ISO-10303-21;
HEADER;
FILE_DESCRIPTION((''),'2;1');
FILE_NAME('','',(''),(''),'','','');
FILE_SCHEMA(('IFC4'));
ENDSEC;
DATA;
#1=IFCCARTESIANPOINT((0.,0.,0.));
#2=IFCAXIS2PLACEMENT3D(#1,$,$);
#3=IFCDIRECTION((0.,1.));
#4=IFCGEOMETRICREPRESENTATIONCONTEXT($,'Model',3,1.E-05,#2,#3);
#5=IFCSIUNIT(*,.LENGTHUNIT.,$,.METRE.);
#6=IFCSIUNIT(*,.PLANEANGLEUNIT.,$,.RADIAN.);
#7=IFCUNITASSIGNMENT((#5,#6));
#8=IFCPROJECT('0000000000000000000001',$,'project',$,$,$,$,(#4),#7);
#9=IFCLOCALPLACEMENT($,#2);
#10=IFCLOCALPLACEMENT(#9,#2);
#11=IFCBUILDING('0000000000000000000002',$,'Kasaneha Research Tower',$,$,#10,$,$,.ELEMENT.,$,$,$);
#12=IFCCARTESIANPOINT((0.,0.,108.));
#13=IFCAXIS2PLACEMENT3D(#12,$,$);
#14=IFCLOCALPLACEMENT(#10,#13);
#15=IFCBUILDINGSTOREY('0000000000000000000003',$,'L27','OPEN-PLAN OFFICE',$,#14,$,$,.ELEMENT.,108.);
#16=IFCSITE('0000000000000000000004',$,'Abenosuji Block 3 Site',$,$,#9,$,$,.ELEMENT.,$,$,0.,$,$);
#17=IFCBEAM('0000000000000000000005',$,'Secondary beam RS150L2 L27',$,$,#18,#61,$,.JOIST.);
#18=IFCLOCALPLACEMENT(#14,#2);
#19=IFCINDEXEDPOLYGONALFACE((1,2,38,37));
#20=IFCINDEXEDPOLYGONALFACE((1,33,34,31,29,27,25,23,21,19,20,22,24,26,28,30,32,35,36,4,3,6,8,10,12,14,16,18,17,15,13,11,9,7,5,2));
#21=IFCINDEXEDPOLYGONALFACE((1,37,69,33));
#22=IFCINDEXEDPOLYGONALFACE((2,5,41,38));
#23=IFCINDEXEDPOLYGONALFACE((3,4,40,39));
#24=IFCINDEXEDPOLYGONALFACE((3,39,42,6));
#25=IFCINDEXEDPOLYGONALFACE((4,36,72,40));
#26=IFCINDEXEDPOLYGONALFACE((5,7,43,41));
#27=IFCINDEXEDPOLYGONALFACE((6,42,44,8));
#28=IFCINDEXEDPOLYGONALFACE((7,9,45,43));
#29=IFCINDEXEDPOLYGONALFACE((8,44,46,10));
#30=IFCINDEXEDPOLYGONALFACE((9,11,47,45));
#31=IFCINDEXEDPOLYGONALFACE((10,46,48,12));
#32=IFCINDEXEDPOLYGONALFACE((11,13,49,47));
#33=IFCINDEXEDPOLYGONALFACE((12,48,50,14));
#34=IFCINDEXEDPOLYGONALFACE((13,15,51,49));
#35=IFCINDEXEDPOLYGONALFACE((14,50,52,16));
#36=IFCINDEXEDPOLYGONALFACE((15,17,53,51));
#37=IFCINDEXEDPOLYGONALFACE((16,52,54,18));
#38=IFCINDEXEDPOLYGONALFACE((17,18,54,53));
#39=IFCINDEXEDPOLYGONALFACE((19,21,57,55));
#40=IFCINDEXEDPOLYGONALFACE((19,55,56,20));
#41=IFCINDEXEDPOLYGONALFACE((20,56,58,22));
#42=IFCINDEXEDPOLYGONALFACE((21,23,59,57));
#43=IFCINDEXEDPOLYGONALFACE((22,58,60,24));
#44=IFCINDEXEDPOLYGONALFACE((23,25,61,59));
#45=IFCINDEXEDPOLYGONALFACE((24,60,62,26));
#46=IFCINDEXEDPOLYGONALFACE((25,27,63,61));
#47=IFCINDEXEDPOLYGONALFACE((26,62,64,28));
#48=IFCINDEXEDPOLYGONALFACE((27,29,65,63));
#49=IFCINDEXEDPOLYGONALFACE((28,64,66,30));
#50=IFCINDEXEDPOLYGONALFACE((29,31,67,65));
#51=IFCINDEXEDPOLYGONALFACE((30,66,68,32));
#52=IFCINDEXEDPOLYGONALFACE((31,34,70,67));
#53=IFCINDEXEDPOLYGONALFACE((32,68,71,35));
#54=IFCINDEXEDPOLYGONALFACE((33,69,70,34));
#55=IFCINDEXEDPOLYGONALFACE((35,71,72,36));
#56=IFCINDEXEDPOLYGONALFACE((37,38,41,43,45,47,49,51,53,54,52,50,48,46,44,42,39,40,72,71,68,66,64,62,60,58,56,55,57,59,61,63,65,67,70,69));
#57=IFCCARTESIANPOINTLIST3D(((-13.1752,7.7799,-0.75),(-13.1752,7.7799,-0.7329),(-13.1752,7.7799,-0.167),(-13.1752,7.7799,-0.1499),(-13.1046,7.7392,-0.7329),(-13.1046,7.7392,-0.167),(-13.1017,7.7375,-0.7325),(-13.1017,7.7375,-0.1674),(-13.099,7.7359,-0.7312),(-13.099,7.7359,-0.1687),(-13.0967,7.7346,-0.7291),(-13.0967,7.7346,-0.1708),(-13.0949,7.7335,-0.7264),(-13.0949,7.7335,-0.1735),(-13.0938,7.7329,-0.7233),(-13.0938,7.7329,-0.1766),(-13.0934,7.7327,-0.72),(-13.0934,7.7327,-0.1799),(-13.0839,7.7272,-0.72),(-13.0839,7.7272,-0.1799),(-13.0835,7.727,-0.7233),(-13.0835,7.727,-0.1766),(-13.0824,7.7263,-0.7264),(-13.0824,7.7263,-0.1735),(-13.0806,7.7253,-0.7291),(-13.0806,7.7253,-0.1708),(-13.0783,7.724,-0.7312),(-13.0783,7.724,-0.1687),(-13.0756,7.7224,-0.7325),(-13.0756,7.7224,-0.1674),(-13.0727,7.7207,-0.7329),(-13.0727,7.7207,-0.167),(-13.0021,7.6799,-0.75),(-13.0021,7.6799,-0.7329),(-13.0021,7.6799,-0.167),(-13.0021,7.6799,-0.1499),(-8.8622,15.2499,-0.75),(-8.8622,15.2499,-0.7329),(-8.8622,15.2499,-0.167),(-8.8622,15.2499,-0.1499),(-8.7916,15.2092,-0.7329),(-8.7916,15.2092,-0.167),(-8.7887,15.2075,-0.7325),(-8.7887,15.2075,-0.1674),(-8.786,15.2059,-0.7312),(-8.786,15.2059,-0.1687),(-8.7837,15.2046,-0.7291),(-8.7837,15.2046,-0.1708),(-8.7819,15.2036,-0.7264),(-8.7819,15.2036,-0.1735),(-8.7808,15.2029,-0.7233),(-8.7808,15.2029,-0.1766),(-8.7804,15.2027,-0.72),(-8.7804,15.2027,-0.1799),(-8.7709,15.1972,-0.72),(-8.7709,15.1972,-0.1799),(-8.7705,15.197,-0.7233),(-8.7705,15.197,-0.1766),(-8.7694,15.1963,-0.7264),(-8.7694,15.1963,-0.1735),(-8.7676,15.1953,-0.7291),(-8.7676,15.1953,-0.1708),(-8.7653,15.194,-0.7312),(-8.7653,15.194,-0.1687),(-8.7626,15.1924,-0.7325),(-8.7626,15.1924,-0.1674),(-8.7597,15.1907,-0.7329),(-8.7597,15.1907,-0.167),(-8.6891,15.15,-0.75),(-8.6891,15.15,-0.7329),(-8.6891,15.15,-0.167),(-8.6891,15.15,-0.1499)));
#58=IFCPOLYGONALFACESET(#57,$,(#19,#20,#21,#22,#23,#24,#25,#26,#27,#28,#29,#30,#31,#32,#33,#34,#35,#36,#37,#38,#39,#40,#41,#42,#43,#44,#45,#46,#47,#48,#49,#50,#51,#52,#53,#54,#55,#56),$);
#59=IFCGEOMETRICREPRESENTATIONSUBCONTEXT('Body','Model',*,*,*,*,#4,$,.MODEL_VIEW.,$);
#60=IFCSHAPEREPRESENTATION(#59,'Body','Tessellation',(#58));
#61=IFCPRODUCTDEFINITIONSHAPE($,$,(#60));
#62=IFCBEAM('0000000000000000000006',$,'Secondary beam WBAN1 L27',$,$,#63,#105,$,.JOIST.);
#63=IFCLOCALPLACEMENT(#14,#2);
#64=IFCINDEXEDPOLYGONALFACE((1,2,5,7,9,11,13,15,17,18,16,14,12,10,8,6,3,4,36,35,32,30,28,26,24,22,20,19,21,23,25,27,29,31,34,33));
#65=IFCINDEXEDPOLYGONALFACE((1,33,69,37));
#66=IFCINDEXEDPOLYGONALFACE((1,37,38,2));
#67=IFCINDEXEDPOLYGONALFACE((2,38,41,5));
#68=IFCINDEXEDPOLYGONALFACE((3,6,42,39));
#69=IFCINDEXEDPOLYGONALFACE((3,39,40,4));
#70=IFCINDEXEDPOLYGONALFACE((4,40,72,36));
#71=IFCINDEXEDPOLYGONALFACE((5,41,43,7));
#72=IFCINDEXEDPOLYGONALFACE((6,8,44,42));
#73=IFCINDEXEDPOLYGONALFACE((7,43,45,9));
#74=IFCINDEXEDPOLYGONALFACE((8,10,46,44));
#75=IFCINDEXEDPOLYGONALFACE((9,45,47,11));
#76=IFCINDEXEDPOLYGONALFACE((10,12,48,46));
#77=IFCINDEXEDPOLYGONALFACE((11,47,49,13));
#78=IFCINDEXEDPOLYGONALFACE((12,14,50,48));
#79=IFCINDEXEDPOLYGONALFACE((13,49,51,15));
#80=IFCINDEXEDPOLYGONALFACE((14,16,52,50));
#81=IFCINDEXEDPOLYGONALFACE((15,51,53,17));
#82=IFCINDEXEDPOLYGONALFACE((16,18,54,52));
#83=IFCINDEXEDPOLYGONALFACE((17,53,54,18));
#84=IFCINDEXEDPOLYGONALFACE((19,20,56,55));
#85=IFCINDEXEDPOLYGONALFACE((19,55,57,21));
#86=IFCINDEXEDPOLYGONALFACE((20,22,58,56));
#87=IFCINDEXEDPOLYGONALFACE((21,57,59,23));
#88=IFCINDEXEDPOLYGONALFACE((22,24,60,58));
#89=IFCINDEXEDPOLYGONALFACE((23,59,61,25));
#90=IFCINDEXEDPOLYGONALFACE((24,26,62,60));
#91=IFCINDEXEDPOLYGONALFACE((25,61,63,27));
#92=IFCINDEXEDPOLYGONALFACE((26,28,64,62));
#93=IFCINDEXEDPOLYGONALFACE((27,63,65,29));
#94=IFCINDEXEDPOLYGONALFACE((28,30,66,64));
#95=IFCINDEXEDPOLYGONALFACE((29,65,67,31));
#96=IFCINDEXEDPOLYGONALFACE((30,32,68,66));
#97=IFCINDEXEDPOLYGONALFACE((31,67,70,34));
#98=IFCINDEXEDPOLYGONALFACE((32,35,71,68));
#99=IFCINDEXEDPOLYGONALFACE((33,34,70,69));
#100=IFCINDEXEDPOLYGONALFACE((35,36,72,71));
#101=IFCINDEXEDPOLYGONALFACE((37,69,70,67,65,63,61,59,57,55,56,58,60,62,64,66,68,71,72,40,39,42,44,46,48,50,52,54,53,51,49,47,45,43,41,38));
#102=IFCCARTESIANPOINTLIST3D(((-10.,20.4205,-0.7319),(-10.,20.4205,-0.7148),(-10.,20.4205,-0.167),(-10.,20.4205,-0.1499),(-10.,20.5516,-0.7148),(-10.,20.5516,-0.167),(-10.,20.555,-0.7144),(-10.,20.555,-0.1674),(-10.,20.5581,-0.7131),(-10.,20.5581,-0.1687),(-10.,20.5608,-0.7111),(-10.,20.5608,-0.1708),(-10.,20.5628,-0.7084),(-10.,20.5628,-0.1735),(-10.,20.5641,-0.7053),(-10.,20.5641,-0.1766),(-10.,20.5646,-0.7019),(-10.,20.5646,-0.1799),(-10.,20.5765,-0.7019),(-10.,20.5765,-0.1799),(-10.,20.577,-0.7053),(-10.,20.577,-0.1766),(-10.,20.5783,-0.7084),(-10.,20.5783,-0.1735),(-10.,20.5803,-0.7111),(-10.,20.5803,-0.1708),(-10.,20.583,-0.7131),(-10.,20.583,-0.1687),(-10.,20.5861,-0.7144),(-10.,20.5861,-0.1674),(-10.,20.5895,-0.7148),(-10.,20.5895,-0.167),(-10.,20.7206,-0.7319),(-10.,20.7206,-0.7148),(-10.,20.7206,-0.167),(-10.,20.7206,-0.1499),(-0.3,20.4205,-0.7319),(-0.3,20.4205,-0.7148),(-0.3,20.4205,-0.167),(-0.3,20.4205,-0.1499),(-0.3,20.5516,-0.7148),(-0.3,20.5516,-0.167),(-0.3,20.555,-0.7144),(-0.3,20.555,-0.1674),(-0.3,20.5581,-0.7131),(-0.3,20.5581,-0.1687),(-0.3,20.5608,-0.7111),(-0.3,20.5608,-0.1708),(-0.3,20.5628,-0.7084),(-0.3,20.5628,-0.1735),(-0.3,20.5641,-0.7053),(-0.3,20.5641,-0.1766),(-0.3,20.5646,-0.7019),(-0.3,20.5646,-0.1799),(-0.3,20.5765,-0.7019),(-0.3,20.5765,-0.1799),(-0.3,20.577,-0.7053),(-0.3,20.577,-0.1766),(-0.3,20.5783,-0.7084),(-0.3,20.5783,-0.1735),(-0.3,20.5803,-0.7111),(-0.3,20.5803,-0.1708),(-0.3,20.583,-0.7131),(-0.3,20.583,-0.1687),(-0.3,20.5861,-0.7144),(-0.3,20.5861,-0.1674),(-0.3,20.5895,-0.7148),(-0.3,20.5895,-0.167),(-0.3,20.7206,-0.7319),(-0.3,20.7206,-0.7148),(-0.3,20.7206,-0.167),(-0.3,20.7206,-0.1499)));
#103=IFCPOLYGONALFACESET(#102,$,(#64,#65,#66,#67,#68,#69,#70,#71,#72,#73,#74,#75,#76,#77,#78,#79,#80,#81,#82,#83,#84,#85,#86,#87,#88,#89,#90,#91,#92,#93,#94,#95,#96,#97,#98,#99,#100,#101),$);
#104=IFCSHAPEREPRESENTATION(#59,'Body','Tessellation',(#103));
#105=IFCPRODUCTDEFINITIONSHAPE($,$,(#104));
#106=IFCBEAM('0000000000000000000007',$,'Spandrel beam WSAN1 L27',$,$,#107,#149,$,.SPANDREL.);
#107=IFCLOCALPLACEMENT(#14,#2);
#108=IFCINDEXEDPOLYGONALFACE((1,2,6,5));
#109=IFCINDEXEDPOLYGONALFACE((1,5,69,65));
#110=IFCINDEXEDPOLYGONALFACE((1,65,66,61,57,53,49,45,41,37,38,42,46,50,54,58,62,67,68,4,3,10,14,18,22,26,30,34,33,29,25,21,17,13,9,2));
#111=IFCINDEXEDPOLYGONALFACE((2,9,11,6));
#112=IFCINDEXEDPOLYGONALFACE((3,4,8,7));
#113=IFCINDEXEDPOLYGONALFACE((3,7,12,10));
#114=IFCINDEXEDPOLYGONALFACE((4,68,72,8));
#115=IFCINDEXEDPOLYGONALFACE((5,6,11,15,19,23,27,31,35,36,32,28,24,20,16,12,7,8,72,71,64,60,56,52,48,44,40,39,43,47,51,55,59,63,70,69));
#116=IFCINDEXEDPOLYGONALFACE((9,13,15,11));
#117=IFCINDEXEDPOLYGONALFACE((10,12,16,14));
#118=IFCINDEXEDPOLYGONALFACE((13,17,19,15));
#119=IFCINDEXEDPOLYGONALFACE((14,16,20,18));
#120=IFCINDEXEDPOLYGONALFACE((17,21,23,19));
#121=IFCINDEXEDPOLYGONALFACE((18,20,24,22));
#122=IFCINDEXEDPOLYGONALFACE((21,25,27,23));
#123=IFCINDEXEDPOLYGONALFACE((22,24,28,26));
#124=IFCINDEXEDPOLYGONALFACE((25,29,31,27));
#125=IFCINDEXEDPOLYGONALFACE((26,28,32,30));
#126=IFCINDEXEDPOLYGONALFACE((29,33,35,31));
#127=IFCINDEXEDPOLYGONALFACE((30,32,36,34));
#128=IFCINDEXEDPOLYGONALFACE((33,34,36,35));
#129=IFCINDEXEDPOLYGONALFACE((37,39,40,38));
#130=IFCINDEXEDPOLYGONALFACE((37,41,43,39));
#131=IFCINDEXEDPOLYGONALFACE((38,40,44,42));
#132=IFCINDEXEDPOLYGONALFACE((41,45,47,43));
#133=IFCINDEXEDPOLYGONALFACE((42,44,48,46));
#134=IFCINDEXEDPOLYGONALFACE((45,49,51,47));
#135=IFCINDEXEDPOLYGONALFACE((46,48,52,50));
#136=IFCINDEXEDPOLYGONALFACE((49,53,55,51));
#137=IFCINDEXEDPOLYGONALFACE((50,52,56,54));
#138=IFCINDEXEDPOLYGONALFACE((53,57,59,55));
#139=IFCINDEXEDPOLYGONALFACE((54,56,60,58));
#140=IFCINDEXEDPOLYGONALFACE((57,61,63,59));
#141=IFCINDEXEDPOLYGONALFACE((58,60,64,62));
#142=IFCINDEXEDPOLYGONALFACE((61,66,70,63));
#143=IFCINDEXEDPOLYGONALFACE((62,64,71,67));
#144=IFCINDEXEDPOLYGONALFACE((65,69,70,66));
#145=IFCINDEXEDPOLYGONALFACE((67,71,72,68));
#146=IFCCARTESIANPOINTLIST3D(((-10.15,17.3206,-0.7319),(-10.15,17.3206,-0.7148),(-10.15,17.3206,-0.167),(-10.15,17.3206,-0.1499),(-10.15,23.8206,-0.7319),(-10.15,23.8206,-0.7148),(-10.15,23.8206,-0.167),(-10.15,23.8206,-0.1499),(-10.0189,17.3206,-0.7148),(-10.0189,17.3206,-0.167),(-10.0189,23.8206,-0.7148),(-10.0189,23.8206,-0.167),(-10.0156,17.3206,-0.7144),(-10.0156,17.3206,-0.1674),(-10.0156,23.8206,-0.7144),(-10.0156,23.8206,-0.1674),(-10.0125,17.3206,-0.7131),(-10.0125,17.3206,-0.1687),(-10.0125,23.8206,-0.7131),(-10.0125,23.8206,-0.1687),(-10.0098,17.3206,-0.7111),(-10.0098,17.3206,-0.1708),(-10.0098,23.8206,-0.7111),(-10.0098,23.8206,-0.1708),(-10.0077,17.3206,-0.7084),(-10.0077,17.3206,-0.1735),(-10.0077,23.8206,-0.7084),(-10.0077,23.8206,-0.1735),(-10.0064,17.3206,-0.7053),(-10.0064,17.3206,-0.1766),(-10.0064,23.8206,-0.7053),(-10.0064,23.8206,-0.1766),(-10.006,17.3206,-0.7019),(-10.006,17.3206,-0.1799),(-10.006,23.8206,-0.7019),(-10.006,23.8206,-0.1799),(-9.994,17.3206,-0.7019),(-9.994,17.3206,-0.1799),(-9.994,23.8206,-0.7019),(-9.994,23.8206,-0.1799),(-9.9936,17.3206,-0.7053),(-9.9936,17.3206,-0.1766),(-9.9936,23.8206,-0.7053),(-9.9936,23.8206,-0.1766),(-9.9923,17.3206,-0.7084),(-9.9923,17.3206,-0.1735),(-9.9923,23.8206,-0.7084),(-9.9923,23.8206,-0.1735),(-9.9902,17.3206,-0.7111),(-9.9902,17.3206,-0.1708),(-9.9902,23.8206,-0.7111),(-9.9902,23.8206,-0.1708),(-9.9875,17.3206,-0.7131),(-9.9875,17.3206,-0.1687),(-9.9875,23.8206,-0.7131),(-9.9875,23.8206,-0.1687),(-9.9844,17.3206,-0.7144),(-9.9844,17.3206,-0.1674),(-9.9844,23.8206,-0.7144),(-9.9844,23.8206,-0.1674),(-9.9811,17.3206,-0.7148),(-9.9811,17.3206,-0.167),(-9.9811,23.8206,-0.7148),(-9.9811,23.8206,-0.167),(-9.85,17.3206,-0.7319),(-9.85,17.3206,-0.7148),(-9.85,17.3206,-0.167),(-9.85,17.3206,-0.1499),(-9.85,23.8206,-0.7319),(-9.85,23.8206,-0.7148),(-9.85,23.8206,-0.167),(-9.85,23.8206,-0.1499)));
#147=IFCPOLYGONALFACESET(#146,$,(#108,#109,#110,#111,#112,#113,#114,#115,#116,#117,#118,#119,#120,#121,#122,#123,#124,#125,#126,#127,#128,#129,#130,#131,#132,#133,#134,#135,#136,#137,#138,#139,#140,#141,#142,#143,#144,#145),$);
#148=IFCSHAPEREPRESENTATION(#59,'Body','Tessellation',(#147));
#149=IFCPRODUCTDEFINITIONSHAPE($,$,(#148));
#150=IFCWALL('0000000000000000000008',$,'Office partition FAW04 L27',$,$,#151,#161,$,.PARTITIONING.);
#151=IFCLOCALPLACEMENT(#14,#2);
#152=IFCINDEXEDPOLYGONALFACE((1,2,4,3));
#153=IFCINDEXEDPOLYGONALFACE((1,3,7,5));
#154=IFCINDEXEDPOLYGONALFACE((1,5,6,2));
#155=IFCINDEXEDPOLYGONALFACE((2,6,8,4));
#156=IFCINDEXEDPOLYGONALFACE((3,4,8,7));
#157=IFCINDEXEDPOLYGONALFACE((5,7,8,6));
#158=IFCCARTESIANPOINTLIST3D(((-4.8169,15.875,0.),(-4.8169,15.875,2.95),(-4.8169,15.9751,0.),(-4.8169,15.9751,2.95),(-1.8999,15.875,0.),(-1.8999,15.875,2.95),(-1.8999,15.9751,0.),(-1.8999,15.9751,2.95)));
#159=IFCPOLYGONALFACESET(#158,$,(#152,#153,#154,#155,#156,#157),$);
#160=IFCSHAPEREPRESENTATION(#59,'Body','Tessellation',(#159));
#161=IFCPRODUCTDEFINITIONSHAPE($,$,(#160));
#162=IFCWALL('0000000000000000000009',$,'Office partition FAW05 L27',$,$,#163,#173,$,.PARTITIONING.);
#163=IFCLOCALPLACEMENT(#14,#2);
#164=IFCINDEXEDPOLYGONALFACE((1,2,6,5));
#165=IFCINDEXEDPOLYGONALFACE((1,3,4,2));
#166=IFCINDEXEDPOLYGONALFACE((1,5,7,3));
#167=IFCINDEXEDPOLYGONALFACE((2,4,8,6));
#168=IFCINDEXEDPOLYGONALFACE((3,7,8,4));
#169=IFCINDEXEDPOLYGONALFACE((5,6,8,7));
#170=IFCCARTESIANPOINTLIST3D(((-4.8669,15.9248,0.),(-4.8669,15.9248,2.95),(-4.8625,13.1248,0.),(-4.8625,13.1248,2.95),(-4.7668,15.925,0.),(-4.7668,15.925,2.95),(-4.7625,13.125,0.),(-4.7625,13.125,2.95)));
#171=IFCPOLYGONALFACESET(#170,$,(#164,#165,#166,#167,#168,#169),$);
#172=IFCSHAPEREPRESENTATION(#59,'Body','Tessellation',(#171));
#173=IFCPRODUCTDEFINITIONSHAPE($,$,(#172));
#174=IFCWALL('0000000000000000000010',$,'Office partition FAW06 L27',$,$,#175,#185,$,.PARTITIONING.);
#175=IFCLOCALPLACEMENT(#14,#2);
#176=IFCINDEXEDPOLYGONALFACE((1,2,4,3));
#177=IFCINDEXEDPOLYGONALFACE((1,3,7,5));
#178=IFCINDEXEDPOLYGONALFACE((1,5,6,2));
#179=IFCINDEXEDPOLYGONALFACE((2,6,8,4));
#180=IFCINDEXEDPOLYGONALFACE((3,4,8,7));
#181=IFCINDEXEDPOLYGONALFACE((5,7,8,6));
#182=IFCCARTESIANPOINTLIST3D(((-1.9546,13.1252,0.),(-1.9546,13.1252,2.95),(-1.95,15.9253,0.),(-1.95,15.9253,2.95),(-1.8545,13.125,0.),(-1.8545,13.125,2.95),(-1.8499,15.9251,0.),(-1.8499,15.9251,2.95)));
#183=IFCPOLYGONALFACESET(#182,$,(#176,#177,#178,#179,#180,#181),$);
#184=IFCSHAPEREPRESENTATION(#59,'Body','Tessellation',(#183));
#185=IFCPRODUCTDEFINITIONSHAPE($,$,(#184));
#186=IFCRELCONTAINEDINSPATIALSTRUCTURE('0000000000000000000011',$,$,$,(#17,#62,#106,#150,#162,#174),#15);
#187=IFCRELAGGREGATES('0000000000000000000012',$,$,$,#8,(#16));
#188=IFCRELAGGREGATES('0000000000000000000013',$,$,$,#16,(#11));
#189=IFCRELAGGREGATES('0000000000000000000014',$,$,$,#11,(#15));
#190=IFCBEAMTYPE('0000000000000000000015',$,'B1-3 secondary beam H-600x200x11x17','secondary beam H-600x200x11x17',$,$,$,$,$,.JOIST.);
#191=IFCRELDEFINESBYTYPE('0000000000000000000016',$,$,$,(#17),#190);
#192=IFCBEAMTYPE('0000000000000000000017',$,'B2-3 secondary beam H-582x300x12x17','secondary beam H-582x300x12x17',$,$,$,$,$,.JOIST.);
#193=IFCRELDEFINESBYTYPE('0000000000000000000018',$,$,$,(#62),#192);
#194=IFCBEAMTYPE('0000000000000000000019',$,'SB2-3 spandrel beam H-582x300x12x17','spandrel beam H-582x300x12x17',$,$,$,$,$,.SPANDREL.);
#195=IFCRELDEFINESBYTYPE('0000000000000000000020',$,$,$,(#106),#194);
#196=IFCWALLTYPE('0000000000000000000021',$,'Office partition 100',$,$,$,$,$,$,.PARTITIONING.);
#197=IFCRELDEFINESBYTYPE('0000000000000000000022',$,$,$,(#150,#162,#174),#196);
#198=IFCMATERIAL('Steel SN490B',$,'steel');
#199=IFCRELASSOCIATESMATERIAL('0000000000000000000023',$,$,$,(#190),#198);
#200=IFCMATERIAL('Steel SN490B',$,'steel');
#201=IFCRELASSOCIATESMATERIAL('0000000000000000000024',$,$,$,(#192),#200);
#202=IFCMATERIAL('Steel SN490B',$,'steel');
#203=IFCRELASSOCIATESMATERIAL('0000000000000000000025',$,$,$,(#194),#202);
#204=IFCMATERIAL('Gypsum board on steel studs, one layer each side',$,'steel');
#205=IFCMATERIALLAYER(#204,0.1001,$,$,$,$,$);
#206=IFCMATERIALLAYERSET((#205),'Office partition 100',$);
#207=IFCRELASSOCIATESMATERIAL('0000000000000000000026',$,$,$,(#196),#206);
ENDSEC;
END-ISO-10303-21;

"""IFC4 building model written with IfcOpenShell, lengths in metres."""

from ifc_helpers import new_model, si_unit, direction, frame, frame_2d, origin, origin_2d, place, context, subcontext, project, spatial, rectangle, i_section, extrude, material, layer, layer_set, material_profile, profile_set, type_object, element, save


model = new_model("IFC4")

# Units and contexts
model_context = context("Model", 3, precision=1e-05, world=origin(), true_north=direction((0.0, 1.0)))
body_context = subcontext(model_context, "Body", "Model", "MODEL_VIEW")
ifc_project = project(units=[si_unit("LENGTHUNIT", "METRE"), si_unit("PLANEANGLEUNIT", "RADIAN")], contexts=[model_context])

# Site, building, storey
site_placement = place(None, origin())
site = spatial("IfcSite", under=ifc_project, at=site_placement, Name="Abenosuji Block 3 Site", CompositionType="ELEMENT", RefElevation=0.0)
building_placement = place(site_placement, origin())
building = spatial("IfcBuilding", under=site, at=building_placement, Name="Kasaneha Research Tower", CompositionType="ELEMENT")
storey_placement = place(building_placement, frame((0.0, 0.0, 108.0)))
storey = spatial("IfcBuildingStorey", under=building, at=storey_placement, Name="L27", Description="OPEN-PLAN OFFICE", CompositionType="ELEMENT", Elevation=108.0)

# Beams
ifc_material_1 = material(Name="Steel SN490B", Category="steel")
ifc_material_profile_1 = material_profile(ifc_material_1, i_section(OverallWidth=0.2, OverallDepth=0.6001, WebThickness=0.011, FlangeThickness=0.0171, FilletRadius=0.0129, at=origin_2d()), Name="H-600x200x11x17")
ifc_profile_set_1 = profile_set([ifc_material_profile_1], Name="Steel SN490B")
beam_type_1 = type_object("IfcBeamType", Name="B1-3 secondary beam H-600x200x11x17", Description="secondary beam H-600x200x11x17", PredefinedType="JOIST", material=ifc_profile_set_1)
beam_1_placement = place(storey_placement, frame((-8.7756, 15.2, -0.45), z_axis=(-0.500017, -0.866015, 0.0), x_axis=(0.866015, -0.500017, 0.0)))
element("IfcBeam", 1, at=beam_1_placement, inside=storey, type_object=beam_type_1, Name="Secondary beam RS150L2 L27", PredefinedType="JOIST", context=body_context, shape_type="SweptSolid", body=[
    extrude(i_section(OverallWidth=0.2, OverallDepth=0.6001, WebThickness=0.011, FlangeThickness=0.0171, FilletRadius=0.0129, at=origin_2d()), origin(), (0.0, 0.0, 1.0), 8.6257),
])
ifc_material_2 = material(Name="Steel SN490B", Category="steel")
ifc_material_profile_2 = material_profile(ifc_material_2, i_section(OverallWidth=0.3, OverallDepth=0.582, WebThickness=0.012, FlangeThickness=0.0171, FilletRadius=0.0129, at=origin_2d()), Name="H-582x300x12x17")
ifc_profile_set_2 = profile_set([ifc_material_profile_2], Name="Steel SN490B")
beam_type_2 = type_object("IfcBeamType", Name="B2-3 secondary beam H-582x300x12x17", Description="secondary beam H-582x300x12x17", PredefinedType="JOIST", material=ifc_profile_set_2)
beam_2_placement = place(storey_placement, frame((-10.0, 20.5706, -0.4409), z_axis=(1.0, 0.0, 0.0), x_axis=(0.0, 1.0, 0.0)))
element("IfcBeam", 2, at=beam_2_placement, inside=storey, type_object=beam_type_2, Name="Secondary beam WBAN1 L27", PredefinedType="JOIST", context=body_context, shape_type="SweptSolid", body=[
    extrude(i_section(OverallWidth=0.3, OverallDepth=0.582, WebThickness=0.012, FlangeThickness=0.0171, FilletRadius=0.0129, at=origin_2d()), origin(), (0.0, 0.0, 1.0), 9.7),
])
ifc_material_3 = material(Name="Steel SN490B", Category="steel")
ifc_material_profile_3 = material_profile(ifc_material_3, i_section(OverallWidth=0.3, OverallDepth=0.582, WebThickness=0.012, FlangeThickness=0.0171, FilletRadius=0.0129, at=origin_2d()), Name="H-582x300x12x17")
ifc_profile_set_3 = profile_set([ifc_material_profile_3], Name="Steel SN490B")
beam_type_3 = type_object("IfcBeamType", Name="SB2-3 spandrel beam H-582x300x12x17", Description="spandrel beam H-582x300x12x17", PredefinedType="SPANDREL", material=ifc_profile_set_3)
beam_3_placement = place(storey_placement, frame((-10.0, 17.3206, -0.4409), z_axis=(0.0, 1.0, 0.0), x_axis=(-1.0, 0.0, 0.0)))
element("IfcBeam", 3, at=beam_3_placement, inside=storey, type_object=beam_type_3, Name="Spandrel beam WSAN1 L27", PredefinedType="SPANDREL", context=body_context, shape_type="SweptSolid", body=[
    extrude(i_section(OverallWidth=0.3, OverallDepth=0.582, WebThickness=0.012, FlangeThickness=0.0171, FilletRadius=0.0129, at=origin_2d()), origin(), (0.0, 0.0, 1.0), 6.5),
])

# Walls
ifc_material_4 = material(Name="Gypsum board on steel studs, one layer each side", Category="steel")
ifc_layer_1 = layer(ifc_material_4, 0.1001)
ifc_layer_set_1 = layer_set([ifc_layer_1], Name="Office partition 100")
wall_type_1 = type_object("IfcWallType", Name="Office partition 100", PredefinedType="PARTITIONING", material=ifc_layer_set_1)
wall_1_placement = place(storey_placement, frame((-4.8169, 15.925, 0.0), z_axis=(0.0, 0.0, 1.0), x_axis=(1.0, 0.0, 0.0)))
element("IfcWall", 4, at=wall_1_placement, inside=storey, type_object=wall_type_1, Name="Office partition FAW04 L27", PredefinedType="PARTITIONING", context=body_context, shape_type="SweptSolid", body=[
    extrude(rectangle(XDim=2.917, YDim=0.1001, at=frame_2d((1.4585, 0.0))), origin(), (0.0, 0.0, 1.0), 2.95),
])
for number, where, z_axis, x_axis, name in (
    (5, (-4.8125, 13.125, 0.0), (0.0, 0.0, 1.0), (-0.001569, 0.999999, 0.0), "Office partition FAW05 L27"),
    (6, (-1.8999, 15.925, 0.0), (0.0, 0.0, 1.0), (-0.001657, -0.999999, 0.0), "Office partition FAW06 L27"),
):
    element("IfcWall", number, at=place(storey_placement, frame(where, z_axis=z_axis, x_axis=x_axis)), inside=storey, type_object=wall_type_1, Name=name, PredefinedType="PARTITIONING", context=body_context, shape_type="SweptSolid", body=[
        extrude(rectangle(XDim=2.8, YDim=0.1001, at=frame_2d((1.3999, 0.0))), origin(), (0.0, 0.0, 1.0), 2.95),
    ])

save(model, "model.ifc")
